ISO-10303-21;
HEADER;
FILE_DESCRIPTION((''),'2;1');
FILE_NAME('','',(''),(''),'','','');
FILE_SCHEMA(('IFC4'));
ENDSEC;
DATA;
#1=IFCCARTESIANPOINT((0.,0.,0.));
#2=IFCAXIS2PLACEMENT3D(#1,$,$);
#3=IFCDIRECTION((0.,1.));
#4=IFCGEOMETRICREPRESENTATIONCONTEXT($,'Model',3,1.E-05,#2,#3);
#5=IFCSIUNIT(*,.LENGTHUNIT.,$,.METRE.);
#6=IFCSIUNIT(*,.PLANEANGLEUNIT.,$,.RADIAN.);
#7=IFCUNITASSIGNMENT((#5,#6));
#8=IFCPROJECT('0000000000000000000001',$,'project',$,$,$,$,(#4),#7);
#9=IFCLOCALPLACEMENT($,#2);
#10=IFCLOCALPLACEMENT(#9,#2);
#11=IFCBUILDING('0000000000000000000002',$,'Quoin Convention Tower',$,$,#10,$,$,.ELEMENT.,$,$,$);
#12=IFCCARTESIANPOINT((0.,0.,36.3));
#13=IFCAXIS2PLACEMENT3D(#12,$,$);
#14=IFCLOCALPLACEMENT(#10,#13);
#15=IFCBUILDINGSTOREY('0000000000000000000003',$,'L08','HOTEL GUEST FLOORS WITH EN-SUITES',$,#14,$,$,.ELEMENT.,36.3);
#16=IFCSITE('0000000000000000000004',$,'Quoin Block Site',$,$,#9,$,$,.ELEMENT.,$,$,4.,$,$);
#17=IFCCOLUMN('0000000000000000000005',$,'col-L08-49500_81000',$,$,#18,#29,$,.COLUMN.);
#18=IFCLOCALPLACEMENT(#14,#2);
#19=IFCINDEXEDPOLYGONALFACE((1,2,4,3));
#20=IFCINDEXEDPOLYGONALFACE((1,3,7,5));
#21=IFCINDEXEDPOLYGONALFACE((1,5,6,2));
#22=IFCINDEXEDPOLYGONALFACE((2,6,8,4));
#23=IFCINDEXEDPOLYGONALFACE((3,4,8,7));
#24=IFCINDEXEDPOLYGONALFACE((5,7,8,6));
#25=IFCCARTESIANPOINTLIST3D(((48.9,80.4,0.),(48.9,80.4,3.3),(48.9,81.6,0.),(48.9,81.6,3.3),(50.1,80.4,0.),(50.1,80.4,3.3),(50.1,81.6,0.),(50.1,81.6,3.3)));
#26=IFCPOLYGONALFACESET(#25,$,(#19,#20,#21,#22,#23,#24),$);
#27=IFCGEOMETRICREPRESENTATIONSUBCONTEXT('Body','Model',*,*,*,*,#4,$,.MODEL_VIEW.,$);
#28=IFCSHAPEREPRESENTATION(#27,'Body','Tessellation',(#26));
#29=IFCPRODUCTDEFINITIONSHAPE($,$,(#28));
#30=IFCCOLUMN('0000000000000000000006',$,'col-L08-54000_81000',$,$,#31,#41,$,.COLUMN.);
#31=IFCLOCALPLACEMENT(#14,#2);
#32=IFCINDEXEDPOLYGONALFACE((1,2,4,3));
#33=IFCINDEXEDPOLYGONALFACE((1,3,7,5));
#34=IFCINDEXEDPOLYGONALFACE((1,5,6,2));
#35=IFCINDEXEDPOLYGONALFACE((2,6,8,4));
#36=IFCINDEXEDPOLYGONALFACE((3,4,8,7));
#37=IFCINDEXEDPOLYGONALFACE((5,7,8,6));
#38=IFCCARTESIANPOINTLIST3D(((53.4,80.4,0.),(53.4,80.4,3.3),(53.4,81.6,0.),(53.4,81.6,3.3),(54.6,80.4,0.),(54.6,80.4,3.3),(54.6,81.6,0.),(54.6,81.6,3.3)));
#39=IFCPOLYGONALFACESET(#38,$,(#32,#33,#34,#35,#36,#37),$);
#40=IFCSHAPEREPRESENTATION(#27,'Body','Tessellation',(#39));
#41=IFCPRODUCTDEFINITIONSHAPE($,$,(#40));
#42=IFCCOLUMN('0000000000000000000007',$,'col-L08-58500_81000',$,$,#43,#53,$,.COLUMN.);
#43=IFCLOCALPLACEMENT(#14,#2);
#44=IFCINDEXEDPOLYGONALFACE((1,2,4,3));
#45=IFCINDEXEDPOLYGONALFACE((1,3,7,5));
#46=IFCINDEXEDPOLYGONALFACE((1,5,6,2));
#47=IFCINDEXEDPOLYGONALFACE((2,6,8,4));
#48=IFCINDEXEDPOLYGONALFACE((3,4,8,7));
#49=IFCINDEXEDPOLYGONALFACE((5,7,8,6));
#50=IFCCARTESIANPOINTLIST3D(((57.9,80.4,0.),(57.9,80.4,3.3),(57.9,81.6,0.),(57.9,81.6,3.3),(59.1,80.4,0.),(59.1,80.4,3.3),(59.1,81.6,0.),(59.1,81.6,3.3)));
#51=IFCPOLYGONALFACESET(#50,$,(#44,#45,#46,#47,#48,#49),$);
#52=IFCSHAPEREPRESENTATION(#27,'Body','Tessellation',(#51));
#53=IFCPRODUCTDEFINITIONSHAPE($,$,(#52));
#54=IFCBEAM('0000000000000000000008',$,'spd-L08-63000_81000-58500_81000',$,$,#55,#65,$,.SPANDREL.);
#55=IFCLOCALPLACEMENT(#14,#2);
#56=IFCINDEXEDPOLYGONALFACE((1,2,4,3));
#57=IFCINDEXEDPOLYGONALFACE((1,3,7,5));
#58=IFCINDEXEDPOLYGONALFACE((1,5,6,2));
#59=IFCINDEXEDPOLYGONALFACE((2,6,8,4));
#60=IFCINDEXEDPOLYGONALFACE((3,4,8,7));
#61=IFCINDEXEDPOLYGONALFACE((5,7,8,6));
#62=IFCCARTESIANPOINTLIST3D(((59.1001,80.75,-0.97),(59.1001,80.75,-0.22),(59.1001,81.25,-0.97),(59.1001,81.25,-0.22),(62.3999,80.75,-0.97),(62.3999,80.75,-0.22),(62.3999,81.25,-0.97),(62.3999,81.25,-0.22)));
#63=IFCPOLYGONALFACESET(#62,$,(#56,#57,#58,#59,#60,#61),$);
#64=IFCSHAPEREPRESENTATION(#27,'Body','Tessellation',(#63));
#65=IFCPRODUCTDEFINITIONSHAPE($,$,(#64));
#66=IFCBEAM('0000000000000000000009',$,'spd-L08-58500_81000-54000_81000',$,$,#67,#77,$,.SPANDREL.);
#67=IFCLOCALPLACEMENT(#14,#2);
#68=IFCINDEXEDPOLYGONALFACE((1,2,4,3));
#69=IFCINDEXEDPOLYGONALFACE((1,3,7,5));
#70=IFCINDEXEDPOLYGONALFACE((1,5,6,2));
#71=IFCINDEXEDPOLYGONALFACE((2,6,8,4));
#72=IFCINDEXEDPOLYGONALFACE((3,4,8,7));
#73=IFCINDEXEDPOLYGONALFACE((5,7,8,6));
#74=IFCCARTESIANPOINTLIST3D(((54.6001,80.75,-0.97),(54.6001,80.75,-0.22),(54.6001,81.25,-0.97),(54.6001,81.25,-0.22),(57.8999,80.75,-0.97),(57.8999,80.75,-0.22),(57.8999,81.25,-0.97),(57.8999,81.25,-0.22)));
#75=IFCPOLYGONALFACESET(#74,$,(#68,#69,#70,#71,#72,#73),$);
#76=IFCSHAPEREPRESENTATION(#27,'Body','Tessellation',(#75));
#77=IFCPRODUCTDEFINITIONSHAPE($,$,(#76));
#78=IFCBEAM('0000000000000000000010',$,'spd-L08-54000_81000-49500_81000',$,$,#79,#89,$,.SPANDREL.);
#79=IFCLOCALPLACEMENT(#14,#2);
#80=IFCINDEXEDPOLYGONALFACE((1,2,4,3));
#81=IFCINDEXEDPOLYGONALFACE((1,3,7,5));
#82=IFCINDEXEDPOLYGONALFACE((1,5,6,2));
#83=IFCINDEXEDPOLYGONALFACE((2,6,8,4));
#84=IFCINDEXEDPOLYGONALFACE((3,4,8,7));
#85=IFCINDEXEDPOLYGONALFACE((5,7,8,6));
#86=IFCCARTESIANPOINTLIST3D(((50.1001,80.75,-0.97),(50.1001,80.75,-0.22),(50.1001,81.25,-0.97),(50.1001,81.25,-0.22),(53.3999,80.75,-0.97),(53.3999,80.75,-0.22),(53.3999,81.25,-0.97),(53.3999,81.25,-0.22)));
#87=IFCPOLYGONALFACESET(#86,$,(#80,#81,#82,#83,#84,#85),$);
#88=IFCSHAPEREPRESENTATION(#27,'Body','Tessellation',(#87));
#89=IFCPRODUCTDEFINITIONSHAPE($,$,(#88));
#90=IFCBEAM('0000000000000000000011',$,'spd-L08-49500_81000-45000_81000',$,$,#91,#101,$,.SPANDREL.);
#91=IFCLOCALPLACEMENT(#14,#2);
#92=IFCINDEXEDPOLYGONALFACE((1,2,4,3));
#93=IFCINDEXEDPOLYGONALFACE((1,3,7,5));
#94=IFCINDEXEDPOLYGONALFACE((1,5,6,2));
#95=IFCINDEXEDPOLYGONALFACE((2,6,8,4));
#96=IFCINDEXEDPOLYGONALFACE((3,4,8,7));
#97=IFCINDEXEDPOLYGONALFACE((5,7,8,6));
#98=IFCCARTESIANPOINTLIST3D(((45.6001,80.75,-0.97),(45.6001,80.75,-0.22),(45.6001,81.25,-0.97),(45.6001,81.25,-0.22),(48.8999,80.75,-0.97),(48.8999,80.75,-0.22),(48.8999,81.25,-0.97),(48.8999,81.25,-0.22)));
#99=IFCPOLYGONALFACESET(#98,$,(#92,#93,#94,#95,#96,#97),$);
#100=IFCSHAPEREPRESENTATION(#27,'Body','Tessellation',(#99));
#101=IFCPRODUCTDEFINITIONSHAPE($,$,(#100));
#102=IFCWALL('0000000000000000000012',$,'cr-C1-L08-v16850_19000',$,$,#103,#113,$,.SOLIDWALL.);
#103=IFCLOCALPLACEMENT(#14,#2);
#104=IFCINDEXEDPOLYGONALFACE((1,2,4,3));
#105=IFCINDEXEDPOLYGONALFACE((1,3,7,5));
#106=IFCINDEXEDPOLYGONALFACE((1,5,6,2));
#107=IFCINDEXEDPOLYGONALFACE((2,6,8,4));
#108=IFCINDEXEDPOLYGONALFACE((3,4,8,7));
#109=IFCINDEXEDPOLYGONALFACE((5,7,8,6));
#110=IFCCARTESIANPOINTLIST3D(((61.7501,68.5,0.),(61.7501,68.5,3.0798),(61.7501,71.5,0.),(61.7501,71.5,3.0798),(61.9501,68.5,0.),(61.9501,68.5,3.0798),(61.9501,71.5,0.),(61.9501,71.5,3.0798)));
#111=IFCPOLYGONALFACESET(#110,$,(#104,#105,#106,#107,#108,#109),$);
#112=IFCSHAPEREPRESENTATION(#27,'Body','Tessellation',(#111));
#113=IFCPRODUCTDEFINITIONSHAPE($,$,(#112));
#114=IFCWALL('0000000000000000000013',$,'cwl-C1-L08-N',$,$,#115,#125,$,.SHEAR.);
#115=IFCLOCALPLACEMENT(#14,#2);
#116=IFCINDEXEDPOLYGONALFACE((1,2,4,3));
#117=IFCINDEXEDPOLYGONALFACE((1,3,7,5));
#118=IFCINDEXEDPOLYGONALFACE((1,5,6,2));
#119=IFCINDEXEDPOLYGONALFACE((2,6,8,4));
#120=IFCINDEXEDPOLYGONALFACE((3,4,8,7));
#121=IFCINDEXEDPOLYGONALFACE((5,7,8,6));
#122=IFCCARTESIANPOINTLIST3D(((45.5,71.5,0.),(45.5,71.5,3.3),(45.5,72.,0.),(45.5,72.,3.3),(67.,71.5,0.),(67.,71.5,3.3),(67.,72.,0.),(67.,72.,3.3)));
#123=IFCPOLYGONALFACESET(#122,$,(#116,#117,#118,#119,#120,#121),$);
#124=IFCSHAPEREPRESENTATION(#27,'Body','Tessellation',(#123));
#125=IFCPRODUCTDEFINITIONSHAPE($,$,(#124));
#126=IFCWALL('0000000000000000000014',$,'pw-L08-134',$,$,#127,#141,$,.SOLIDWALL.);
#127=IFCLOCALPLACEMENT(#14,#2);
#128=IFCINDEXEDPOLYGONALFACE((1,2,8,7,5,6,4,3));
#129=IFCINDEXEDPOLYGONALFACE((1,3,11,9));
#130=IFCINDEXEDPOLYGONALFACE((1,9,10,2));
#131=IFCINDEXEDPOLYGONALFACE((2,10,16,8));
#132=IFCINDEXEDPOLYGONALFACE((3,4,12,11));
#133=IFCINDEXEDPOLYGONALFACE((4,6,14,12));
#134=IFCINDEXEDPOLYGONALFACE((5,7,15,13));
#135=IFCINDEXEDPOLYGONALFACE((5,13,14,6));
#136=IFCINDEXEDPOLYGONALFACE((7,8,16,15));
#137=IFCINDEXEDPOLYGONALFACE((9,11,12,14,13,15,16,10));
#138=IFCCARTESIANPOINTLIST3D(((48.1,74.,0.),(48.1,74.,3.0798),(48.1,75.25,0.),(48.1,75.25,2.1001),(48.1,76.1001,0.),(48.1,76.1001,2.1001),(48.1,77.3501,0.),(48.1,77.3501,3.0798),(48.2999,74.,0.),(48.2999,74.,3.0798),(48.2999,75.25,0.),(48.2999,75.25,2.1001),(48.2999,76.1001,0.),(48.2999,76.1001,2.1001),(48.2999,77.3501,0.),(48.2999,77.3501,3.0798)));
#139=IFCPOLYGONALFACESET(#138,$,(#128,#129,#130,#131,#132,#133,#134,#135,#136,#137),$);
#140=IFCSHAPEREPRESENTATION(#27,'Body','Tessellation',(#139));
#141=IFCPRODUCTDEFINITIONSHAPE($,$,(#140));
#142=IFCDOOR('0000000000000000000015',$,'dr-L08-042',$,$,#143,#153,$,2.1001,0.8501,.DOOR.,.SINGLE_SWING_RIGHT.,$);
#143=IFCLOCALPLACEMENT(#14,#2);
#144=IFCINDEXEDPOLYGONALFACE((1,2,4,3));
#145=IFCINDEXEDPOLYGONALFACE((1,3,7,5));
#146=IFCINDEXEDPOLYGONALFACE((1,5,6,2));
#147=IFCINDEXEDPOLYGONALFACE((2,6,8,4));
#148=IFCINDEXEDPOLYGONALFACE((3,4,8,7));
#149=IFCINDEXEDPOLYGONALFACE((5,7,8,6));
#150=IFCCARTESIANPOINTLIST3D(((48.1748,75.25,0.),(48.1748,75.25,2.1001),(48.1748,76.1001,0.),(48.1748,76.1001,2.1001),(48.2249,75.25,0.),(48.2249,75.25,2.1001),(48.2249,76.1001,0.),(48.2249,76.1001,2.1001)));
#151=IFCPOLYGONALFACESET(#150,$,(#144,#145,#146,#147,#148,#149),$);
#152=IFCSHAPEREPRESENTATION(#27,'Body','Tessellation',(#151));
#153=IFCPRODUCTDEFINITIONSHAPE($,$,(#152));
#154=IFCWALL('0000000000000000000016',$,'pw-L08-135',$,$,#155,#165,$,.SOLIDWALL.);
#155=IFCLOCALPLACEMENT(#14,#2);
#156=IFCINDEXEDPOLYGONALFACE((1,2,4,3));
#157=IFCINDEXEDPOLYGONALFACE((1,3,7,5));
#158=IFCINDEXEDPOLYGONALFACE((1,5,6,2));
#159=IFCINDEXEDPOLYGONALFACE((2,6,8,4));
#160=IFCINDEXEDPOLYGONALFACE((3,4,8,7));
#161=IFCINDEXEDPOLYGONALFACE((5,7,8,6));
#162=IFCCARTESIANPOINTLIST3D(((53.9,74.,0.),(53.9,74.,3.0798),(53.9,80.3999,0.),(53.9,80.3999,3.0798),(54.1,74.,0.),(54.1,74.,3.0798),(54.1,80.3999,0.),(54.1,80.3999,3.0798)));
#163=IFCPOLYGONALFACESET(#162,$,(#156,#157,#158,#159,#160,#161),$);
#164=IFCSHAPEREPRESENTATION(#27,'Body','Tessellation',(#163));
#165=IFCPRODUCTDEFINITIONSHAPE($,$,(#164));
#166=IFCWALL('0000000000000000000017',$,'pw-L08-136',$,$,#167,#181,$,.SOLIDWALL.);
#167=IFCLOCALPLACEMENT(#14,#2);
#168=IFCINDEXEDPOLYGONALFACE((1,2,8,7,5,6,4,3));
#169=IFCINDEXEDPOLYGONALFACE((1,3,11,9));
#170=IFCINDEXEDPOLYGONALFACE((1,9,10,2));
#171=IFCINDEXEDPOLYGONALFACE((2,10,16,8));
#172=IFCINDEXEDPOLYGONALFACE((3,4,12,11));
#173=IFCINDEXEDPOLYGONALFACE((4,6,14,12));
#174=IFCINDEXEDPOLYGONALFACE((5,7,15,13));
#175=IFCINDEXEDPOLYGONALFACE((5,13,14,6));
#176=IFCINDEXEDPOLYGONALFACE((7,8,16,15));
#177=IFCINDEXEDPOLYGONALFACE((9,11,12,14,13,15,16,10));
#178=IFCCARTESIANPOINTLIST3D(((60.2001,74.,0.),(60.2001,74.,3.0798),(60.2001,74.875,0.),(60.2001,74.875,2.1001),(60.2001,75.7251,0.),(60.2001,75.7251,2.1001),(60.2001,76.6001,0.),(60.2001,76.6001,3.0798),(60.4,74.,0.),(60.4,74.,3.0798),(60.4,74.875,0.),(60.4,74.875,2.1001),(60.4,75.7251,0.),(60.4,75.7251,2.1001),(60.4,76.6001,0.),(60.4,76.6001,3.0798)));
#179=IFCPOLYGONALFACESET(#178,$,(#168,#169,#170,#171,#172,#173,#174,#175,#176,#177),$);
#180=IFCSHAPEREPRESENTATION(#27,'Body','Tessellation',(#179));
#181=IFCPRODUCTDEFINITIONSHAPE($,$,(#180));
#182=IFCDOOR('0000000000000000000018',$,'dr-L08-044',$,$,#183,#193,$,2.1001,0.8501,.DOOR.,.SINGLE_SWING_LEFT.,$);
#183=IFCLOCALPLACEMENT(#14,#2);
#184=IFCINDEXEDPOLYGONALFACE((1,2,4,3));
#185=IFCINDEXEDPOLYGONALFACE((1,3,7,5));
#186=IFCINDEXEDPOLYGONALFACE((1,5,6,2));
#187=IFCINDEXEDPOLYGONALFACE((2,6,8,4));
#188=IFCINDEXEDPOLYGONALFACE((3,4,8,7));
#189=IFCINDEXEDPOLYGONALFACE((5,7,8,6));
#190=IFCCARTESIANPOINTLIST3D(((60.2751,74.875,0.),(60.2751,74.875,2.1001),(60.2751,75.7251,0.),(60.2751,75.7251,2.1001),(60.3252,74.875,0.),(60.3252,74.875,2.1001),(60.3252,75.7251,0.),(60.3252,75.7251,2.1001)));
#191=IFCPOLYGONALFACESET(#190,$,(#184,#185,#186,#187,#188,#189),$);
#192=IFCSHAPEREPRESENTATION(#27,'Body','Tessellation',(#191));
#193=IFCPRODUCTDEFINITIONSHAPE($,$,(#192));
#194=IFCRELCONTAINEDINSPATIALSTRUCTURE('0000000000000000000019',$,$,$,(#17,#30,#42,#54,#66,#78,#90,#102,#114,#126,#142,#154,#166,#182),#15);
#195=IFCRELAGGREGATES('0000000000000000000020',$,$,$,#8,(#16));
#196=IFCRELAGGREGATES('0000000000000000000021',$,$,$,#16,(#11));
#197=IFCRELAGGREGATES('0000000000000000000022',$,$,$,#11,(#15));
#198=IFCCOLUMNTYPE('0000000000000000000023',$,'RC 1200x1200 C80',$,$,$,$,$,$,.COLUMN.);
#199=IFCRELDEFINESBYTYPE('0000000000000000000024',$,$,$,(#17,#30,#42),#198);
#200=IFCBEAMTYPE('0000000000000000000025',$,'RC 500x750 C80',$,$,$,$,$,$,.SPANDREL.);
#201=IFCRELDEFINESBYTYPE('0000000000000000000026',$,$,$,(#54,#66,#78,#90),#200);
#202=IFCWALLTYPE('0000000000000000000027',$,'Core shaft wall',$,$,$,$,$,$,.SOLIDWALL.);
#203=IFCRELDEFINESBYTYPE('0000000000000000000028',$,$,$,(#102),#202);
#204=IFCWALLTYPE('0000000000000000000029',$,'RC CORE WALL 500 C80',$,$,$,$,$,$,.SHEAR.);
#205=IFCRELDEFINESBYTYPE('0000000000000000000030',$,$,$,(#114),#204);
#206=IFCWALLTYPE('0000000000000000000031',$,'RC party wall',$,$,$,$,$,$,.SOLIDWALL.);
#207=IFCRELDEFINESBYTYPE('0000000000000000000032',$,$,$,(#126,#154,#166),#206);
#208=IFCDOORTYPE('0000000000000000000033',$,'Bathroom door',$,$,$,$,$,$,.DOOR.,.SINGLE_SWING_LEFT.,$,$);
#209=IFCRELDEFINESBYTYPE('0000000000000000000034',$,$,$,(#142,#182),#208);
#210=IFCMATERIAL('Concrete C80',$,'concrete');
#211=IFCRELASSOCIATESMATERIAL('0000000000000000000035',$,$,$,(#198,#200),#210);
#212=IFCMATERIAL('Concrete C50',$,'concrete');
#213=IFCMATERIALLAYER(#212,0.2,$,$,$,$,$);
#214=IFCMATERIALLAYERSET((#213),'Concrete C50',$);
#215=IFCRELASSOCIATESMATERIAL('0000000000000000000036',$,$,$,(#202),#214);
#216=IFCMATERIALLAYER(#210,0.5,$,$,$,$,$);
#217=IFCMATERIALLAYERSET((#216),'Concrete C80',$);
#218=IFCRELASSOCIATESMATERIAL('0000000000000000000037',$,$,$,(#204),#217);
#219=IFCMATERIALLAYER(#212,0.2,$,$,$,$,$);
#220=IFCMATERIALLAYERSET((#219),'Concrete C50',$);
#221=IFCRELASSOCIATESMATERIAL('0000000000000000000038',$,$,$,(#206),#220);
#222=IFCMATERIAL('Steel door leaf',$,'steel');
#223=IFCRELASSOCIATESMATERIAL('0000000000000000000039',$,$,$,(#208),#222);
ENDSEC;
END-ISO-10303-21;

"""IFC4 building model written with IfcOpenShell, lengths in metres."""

from ifc_helpers import new_model, si_unit, direction, frame, frame_2d, origin, origin_2d, place, context, subcontext, project, spatial, rectangle, extrude, material, layer, layer_set, material_profile, profile_set, type_object, element, fill, save


model = new_model("IFC4")

# Units and contexts
model_context = context("Model", 3, precision=1e-05, world=origin(), true_north=direction((0.0, 1.0)))
body_context = subcontext(model_context, "Body", "Model", "MODEL_VIEW")
ifc_project = project(units=[si_unit("LENGTHUNIT", "METRE"), si_unit("PLANEANGLEUNIT", "RADIAN")], contexts=[model_context])

# Site, building, storey
site_placement = place(None, origin())
site = spatial("IfcSite", under=ifc_project, at=site_placement, Name="Quoin Block Site", CompositionType="ELEMENT", RefElevation=4.0)
building_placement = place(site_placement, origin())
building = spatial("IfcBuilding", under=site, at=building_placement, Name="Quoin Convention Tower", CompositionType="ELEMENT")
storey_placement = place(building_placement, frame((0.0, 0.0, 36.3)))
storey = spatial("IfcBuildingStorey", under=building, at=storey_placement, Name="L08", Description="HOTEL GUEST FLOORS WITH EN-SUITES", CompositionType="ELEMENT", Elevation=36.3)

# Columns
ifc_material_1 = material(Name="Concrete C80", Category="concrete")
ifc_material_profile_1 = material_profile(ifc_material_1, rectangle(XDim=1.2, YDim=1.2, at=origin_2d()), Name="RC 1200x1200")
ifc_profile_set_1 = profile_set([ifc_material_profile_1], Name="Concrete C80")
column_type = type_object("IfcColumnType", Name="RC 1200x1200 C80", PredefinedType="COLUMN", material=ifc_profile_set_1)
for number, where, z_axis, x_axis, name in (
    (1, (49.5, 81.0, 0.0), (0.0, 0.0, 1.0), (1.0, 0.0, 0.0), "col-L08-49500_81000"),
    (2, (54.0, 81.0, 0.0), (0.0, 0.0, 1.0), (1.0, 0.0, 0.0), "col-L08-54000_81000"),
    (3, (58.5, 81.0, 0.0), (0.0, 0.0, 1.0), (1.0, 0.0, 0.0), "col-L08-58500_81000"),
):
    element("IfcColumn", number, at=place(storey_placement, frame(where, z_axis=z_axis, x_axis=x_axis)), inside=storey, type_object=column_type, Name=name, PredefinedType="COLUMN", context=body_context, shape_type="SweptSolid", body=[
        extrude(rectangle(XDim=1.2, YDim=1.2, at=origin_2d()), origin(), (0.0, 0.0, 1.0), 3.3),
    ])

# Beams
ifc_material_profile_2 = material_profile(ifc_material_1, rectangle(XDim=0.5, YDim=0.75, at=origin_2d()), Name="RC 500x750")
ifc_profile_set_2 = profile_set([ifc_material_profile_2], Name="Concrete C80")
beam_type = type_object("IfcBeamType", Name="RC 500x750 C80", PredefinedType="SPANDREL", material=ifc_profile_set_2)
for number, where, z_axis, x_axis, name in (
    (4, (62.3999, 81.0, -0.595), (-1.0, 0.0, 0.0), (0.0, -1.0, 0.0), "spd-L08-63000_81000-58500_81000"),
    (5, (57.8999, 81.0, -0.595), (-1.0, 0.0, 0.0), (0.0, -1.0, 0.0), "spd-L08-58500_81000-54000_81000"),
    (6, (53.3999, 81.0, -0.595), (-1.0, 0.0, 0.0), (0.0, -1.0, 0.0), "spd-L08-54000_81000-49500_81000"),
    (7, (48.8999, 81.0, -0.595), (-1.0, 0.0, 0.0), (0.0, -1.0, 0.0), "spd-L08-49500_81000-45000_81000"),
):
    element("IfcBeam", number, at=place(storey_placement, frame(where, z_axis=z_axis, x_axis=x_axis)), inside=storey, type_object=beam_type, Name=name, PredefinedType="SPANDREL", context=body_context, shape_type="SweptSolid", body=[
        extrude(rectangle(XDim=0.5, YDim=0.75, at=origin_2d()), origin(), (0.0, 0.0, 1.0), 3.2998),
    ])

# Walls
ifc_material_2 = material(Name="Concrete C50", Category="concrete")
ifc_layer_1 = layer(ifc_material_2, 0.2)
ifc_layer_set_1 = layer_set([ifc_layer_1], Name="Concrete C50")
wall_type_1 = type_object("IfcWallType", Name="Core shaft wall", PredefinedType="SOLIDWALL", material=ifc_layer_set_1)
wall_1_placement = place(storey_placement, frame((61.8501, 68.5, 0.0), z_axis=(0.0, 0.0, 1.0), x_axis=(0.0, 1.0, 0.0)))
element("IfcWall", 8, at=wall_1_placement, inside=storey, type_object=wall_type_1, Name="cr-C1-L08-v16850_19000", PredefinedType="SOLIDWALL", context=body_context, shape_type="SweptSolid", body=[
    extrude(rectangle(XDim=3.0, YDim=0.2, at=frame_2d((1.5, 0.0))), origin(), (0.0, 0.0, 1.0), 3.0798),
])
ifc_layer_2 = layer(ifc_material_1, 0.5)
ifc_layer_set_2 = layer_set([ifc_layer_2], Name="Concrete C80")
wall_type_2 = type_object("IfcWallType", Name="RC CORE WALL 500 C80", PredefinedType="SHEAR", material=ifc_layer_set_2)
wall_2_placement = place(storey_placement, frame((45.5, 71.75, 0.0), z_axis=(0.0, 0.0, 1.0), x_axis=(1.0, 0.0, 0.0)))
element("IfcWall", 9, at=wall_2_placement, inside=storey, type_object=wall_type_2, Name="cwl-C1-L08-N", PredefinedType="SHEAR", context=body_context, shape_type="SweptSolid", body=[
    extrude(rectangle(XDim=21.5, YDim=0.5, at=frame_2d((10.75, 0.0))), origin(), (0.0, 0.0, 1.0), 3.3),
])

# Wall, opening, door
ifc_layer_3 = layer(ifc_material_2, 0.2)
ifc_layer_set_3 = layer_set([ifc_layer_3], Name="Concrete C50")
wall_type_3 = type_object("IfcWallType", Name="RC party wall", PredefinedType="SOLIDWALL", material=ifc_layer_set_3)
wall_3_placement = place(storey_placement, frame((48.2, 74.0, 0.0), z_axis=(0.0, 0.0, 1.0), x_axis=(0.0, 1.0, 0.0)))
wall_3 = element("IfcWall", 10, at=wall_3_placement, inside=storey, type_object=wall_type_3, Name="pw-L08-134", PredefinedType="SOLIDWALL", context=body_context, shape_type="SweptSolid", body=[
    extrude(rectangle(XDim=3.3501, YDim=0.2, at=frame_2d((1.675, 0.0))), origin(), (0.0, 0.0, 1.0), 3.0798),
])
opening_1_placement = place(wall_3_placement, frame((1.25, 0.0, 0.0)))
opening_1 = element("IfcOpeningElement", 11, at=opening_1_placement, cuts=wall_3, PredefinedType="OPENING", context=body_context, shape_type="SweptSolid", body=[
    extrude(rectangle(XDim=0.8501, YDim=2.1001, at=frame_2d((0.425, 1.05))), frame((0.0, 0.1099, 0.0), z_axis=(0.0, -1.0, 0.0), x_axis=(1.0, 0.0, 0.0)), (0.0, 0.0, 1.0), 0.22),
])
ifc_material_3 = material(Name="Steel door leaf", Category="steel")
door_type = type_object("IfcDoorType", Name="Bathroom door", OperationType="SINGLE_SWING_LEFT", PredefinedType="DOOR", material=ifc_material_3)
door_1_placement = place(opening_1_placement, frame((0.8501, 0.0, 0.0), z_axis=(0.0, 0.0, 1.0), x_axis=(-1.0, 0.0, 0.0)))
door_1 = element("IfcDoor", 12, at=door_1_placement, inside=storey, type_object=door_type, Name="dr-L08-042", OperationType="SINGLE_SWING_RIGHT", OverallHeight=2.1001, OverallWidth=0.8501, PredefinedType="DOOR", context=body_context, shape_type="SweptSolid", body=[
    extrude(rectangle(XDim=0.8501, YDim=2.1001, at=frame_2d((0.425, 1.05))), frame((0.0, 0.0249, 0.0), z_axis=(0.0, -1.0, 0.0), x_axis=(1.0, 0.0, 0.0)), (0.0, 0.0, 1.0), 0.05),
])
fill(opening_1, door_1)

# Wall
wall_4_placement = place(storey_placement, frame((54.0, 74.0, 0.0), z_axis=(0.0, 0.0, 1.0), x_axis=(0.0, 1.0, 0.0)))
element("IfcWall", 13, at=wall_4_placement, inside=storey, type_object=wall_type_3, Name="pw-L08-135", PredefinedType="SOLIDWALL", context=body_context, shape_type="SweptSolid", body=[
    extrude(rectangle(XDim=6.3999, YDim=0.2, at=frame_2d((3.2, 0.0))), origin(), (0.0, 0.0, 1.0), 3.0798),
])

# Wall, opening, door
wall_5_placement = place(storey_placement, frame((60.3, 74.0, 0.0), z_axis=(0.0, 0.0, 1.0), x_axis=(0.0, 1.0, 0.0)))
wall_5 = element("IfcWall", 14, at=wall_5_placement, inside=storey, type_object=wall_type_3, Name="pw-L08-136", PredefinedType="SOLIDWALL", context=body_context, shape_type="SweptSolid", body=[
    extrude(rectangle(XDim=2.6001, YDim=0.2, at=frame_2d((1.3, 0.0))), origin(), (0.0, 0.0, 1.0), 3.0798),
])
opening_2_placement = place(wall_5_placement, frame((0.875, 0.0, 0.0)))
opening_2 = element("IfcOpeningElement", 15, at=opening_2_placement, cuts=wall_5, PredefinedType="OPENING", context=body_context, shape_type="SweptSolid", body=[
    extrude(rectangle(XDim=0.8501, YDim=2.1001, at=frame_2d((0.425, 1.05))), frame((0.0, 0.1099, 0.0), z_axis=(0.0, -1.0, 0.0), x_axis=(1.0, 0.0, 0.0)), (0.0, 0.0, 1.0), 0.22),
])
door_2_placement = place(opening_2_placement, origin())
door_2 = element("IfcDoor", 16, at=door_2_placement, inside=storey, type_object=door_type, Name="dr-L08-044", OperationType="SINGLE_SWING_LEFT", OverallHeight=2.1001, OverallWidth=0.8501, PredefinedType="DOOR", context=body_context, shape_type="SweptSolid", body=[
    extrude(rectangle(XDim=0.8501, YDim=2.1001, at=frame_2d((0.425, 1.05))), frame((0.0, 0.0249, 0.0), z_axis=(0.0, -1.0, 0.0), x_axis=(1.0, 0.0, 0.0)), (0.0, 0.0, 1.0), 0.05),
])
fill(opening_2, door_2)

save(model, "model.ifc")
